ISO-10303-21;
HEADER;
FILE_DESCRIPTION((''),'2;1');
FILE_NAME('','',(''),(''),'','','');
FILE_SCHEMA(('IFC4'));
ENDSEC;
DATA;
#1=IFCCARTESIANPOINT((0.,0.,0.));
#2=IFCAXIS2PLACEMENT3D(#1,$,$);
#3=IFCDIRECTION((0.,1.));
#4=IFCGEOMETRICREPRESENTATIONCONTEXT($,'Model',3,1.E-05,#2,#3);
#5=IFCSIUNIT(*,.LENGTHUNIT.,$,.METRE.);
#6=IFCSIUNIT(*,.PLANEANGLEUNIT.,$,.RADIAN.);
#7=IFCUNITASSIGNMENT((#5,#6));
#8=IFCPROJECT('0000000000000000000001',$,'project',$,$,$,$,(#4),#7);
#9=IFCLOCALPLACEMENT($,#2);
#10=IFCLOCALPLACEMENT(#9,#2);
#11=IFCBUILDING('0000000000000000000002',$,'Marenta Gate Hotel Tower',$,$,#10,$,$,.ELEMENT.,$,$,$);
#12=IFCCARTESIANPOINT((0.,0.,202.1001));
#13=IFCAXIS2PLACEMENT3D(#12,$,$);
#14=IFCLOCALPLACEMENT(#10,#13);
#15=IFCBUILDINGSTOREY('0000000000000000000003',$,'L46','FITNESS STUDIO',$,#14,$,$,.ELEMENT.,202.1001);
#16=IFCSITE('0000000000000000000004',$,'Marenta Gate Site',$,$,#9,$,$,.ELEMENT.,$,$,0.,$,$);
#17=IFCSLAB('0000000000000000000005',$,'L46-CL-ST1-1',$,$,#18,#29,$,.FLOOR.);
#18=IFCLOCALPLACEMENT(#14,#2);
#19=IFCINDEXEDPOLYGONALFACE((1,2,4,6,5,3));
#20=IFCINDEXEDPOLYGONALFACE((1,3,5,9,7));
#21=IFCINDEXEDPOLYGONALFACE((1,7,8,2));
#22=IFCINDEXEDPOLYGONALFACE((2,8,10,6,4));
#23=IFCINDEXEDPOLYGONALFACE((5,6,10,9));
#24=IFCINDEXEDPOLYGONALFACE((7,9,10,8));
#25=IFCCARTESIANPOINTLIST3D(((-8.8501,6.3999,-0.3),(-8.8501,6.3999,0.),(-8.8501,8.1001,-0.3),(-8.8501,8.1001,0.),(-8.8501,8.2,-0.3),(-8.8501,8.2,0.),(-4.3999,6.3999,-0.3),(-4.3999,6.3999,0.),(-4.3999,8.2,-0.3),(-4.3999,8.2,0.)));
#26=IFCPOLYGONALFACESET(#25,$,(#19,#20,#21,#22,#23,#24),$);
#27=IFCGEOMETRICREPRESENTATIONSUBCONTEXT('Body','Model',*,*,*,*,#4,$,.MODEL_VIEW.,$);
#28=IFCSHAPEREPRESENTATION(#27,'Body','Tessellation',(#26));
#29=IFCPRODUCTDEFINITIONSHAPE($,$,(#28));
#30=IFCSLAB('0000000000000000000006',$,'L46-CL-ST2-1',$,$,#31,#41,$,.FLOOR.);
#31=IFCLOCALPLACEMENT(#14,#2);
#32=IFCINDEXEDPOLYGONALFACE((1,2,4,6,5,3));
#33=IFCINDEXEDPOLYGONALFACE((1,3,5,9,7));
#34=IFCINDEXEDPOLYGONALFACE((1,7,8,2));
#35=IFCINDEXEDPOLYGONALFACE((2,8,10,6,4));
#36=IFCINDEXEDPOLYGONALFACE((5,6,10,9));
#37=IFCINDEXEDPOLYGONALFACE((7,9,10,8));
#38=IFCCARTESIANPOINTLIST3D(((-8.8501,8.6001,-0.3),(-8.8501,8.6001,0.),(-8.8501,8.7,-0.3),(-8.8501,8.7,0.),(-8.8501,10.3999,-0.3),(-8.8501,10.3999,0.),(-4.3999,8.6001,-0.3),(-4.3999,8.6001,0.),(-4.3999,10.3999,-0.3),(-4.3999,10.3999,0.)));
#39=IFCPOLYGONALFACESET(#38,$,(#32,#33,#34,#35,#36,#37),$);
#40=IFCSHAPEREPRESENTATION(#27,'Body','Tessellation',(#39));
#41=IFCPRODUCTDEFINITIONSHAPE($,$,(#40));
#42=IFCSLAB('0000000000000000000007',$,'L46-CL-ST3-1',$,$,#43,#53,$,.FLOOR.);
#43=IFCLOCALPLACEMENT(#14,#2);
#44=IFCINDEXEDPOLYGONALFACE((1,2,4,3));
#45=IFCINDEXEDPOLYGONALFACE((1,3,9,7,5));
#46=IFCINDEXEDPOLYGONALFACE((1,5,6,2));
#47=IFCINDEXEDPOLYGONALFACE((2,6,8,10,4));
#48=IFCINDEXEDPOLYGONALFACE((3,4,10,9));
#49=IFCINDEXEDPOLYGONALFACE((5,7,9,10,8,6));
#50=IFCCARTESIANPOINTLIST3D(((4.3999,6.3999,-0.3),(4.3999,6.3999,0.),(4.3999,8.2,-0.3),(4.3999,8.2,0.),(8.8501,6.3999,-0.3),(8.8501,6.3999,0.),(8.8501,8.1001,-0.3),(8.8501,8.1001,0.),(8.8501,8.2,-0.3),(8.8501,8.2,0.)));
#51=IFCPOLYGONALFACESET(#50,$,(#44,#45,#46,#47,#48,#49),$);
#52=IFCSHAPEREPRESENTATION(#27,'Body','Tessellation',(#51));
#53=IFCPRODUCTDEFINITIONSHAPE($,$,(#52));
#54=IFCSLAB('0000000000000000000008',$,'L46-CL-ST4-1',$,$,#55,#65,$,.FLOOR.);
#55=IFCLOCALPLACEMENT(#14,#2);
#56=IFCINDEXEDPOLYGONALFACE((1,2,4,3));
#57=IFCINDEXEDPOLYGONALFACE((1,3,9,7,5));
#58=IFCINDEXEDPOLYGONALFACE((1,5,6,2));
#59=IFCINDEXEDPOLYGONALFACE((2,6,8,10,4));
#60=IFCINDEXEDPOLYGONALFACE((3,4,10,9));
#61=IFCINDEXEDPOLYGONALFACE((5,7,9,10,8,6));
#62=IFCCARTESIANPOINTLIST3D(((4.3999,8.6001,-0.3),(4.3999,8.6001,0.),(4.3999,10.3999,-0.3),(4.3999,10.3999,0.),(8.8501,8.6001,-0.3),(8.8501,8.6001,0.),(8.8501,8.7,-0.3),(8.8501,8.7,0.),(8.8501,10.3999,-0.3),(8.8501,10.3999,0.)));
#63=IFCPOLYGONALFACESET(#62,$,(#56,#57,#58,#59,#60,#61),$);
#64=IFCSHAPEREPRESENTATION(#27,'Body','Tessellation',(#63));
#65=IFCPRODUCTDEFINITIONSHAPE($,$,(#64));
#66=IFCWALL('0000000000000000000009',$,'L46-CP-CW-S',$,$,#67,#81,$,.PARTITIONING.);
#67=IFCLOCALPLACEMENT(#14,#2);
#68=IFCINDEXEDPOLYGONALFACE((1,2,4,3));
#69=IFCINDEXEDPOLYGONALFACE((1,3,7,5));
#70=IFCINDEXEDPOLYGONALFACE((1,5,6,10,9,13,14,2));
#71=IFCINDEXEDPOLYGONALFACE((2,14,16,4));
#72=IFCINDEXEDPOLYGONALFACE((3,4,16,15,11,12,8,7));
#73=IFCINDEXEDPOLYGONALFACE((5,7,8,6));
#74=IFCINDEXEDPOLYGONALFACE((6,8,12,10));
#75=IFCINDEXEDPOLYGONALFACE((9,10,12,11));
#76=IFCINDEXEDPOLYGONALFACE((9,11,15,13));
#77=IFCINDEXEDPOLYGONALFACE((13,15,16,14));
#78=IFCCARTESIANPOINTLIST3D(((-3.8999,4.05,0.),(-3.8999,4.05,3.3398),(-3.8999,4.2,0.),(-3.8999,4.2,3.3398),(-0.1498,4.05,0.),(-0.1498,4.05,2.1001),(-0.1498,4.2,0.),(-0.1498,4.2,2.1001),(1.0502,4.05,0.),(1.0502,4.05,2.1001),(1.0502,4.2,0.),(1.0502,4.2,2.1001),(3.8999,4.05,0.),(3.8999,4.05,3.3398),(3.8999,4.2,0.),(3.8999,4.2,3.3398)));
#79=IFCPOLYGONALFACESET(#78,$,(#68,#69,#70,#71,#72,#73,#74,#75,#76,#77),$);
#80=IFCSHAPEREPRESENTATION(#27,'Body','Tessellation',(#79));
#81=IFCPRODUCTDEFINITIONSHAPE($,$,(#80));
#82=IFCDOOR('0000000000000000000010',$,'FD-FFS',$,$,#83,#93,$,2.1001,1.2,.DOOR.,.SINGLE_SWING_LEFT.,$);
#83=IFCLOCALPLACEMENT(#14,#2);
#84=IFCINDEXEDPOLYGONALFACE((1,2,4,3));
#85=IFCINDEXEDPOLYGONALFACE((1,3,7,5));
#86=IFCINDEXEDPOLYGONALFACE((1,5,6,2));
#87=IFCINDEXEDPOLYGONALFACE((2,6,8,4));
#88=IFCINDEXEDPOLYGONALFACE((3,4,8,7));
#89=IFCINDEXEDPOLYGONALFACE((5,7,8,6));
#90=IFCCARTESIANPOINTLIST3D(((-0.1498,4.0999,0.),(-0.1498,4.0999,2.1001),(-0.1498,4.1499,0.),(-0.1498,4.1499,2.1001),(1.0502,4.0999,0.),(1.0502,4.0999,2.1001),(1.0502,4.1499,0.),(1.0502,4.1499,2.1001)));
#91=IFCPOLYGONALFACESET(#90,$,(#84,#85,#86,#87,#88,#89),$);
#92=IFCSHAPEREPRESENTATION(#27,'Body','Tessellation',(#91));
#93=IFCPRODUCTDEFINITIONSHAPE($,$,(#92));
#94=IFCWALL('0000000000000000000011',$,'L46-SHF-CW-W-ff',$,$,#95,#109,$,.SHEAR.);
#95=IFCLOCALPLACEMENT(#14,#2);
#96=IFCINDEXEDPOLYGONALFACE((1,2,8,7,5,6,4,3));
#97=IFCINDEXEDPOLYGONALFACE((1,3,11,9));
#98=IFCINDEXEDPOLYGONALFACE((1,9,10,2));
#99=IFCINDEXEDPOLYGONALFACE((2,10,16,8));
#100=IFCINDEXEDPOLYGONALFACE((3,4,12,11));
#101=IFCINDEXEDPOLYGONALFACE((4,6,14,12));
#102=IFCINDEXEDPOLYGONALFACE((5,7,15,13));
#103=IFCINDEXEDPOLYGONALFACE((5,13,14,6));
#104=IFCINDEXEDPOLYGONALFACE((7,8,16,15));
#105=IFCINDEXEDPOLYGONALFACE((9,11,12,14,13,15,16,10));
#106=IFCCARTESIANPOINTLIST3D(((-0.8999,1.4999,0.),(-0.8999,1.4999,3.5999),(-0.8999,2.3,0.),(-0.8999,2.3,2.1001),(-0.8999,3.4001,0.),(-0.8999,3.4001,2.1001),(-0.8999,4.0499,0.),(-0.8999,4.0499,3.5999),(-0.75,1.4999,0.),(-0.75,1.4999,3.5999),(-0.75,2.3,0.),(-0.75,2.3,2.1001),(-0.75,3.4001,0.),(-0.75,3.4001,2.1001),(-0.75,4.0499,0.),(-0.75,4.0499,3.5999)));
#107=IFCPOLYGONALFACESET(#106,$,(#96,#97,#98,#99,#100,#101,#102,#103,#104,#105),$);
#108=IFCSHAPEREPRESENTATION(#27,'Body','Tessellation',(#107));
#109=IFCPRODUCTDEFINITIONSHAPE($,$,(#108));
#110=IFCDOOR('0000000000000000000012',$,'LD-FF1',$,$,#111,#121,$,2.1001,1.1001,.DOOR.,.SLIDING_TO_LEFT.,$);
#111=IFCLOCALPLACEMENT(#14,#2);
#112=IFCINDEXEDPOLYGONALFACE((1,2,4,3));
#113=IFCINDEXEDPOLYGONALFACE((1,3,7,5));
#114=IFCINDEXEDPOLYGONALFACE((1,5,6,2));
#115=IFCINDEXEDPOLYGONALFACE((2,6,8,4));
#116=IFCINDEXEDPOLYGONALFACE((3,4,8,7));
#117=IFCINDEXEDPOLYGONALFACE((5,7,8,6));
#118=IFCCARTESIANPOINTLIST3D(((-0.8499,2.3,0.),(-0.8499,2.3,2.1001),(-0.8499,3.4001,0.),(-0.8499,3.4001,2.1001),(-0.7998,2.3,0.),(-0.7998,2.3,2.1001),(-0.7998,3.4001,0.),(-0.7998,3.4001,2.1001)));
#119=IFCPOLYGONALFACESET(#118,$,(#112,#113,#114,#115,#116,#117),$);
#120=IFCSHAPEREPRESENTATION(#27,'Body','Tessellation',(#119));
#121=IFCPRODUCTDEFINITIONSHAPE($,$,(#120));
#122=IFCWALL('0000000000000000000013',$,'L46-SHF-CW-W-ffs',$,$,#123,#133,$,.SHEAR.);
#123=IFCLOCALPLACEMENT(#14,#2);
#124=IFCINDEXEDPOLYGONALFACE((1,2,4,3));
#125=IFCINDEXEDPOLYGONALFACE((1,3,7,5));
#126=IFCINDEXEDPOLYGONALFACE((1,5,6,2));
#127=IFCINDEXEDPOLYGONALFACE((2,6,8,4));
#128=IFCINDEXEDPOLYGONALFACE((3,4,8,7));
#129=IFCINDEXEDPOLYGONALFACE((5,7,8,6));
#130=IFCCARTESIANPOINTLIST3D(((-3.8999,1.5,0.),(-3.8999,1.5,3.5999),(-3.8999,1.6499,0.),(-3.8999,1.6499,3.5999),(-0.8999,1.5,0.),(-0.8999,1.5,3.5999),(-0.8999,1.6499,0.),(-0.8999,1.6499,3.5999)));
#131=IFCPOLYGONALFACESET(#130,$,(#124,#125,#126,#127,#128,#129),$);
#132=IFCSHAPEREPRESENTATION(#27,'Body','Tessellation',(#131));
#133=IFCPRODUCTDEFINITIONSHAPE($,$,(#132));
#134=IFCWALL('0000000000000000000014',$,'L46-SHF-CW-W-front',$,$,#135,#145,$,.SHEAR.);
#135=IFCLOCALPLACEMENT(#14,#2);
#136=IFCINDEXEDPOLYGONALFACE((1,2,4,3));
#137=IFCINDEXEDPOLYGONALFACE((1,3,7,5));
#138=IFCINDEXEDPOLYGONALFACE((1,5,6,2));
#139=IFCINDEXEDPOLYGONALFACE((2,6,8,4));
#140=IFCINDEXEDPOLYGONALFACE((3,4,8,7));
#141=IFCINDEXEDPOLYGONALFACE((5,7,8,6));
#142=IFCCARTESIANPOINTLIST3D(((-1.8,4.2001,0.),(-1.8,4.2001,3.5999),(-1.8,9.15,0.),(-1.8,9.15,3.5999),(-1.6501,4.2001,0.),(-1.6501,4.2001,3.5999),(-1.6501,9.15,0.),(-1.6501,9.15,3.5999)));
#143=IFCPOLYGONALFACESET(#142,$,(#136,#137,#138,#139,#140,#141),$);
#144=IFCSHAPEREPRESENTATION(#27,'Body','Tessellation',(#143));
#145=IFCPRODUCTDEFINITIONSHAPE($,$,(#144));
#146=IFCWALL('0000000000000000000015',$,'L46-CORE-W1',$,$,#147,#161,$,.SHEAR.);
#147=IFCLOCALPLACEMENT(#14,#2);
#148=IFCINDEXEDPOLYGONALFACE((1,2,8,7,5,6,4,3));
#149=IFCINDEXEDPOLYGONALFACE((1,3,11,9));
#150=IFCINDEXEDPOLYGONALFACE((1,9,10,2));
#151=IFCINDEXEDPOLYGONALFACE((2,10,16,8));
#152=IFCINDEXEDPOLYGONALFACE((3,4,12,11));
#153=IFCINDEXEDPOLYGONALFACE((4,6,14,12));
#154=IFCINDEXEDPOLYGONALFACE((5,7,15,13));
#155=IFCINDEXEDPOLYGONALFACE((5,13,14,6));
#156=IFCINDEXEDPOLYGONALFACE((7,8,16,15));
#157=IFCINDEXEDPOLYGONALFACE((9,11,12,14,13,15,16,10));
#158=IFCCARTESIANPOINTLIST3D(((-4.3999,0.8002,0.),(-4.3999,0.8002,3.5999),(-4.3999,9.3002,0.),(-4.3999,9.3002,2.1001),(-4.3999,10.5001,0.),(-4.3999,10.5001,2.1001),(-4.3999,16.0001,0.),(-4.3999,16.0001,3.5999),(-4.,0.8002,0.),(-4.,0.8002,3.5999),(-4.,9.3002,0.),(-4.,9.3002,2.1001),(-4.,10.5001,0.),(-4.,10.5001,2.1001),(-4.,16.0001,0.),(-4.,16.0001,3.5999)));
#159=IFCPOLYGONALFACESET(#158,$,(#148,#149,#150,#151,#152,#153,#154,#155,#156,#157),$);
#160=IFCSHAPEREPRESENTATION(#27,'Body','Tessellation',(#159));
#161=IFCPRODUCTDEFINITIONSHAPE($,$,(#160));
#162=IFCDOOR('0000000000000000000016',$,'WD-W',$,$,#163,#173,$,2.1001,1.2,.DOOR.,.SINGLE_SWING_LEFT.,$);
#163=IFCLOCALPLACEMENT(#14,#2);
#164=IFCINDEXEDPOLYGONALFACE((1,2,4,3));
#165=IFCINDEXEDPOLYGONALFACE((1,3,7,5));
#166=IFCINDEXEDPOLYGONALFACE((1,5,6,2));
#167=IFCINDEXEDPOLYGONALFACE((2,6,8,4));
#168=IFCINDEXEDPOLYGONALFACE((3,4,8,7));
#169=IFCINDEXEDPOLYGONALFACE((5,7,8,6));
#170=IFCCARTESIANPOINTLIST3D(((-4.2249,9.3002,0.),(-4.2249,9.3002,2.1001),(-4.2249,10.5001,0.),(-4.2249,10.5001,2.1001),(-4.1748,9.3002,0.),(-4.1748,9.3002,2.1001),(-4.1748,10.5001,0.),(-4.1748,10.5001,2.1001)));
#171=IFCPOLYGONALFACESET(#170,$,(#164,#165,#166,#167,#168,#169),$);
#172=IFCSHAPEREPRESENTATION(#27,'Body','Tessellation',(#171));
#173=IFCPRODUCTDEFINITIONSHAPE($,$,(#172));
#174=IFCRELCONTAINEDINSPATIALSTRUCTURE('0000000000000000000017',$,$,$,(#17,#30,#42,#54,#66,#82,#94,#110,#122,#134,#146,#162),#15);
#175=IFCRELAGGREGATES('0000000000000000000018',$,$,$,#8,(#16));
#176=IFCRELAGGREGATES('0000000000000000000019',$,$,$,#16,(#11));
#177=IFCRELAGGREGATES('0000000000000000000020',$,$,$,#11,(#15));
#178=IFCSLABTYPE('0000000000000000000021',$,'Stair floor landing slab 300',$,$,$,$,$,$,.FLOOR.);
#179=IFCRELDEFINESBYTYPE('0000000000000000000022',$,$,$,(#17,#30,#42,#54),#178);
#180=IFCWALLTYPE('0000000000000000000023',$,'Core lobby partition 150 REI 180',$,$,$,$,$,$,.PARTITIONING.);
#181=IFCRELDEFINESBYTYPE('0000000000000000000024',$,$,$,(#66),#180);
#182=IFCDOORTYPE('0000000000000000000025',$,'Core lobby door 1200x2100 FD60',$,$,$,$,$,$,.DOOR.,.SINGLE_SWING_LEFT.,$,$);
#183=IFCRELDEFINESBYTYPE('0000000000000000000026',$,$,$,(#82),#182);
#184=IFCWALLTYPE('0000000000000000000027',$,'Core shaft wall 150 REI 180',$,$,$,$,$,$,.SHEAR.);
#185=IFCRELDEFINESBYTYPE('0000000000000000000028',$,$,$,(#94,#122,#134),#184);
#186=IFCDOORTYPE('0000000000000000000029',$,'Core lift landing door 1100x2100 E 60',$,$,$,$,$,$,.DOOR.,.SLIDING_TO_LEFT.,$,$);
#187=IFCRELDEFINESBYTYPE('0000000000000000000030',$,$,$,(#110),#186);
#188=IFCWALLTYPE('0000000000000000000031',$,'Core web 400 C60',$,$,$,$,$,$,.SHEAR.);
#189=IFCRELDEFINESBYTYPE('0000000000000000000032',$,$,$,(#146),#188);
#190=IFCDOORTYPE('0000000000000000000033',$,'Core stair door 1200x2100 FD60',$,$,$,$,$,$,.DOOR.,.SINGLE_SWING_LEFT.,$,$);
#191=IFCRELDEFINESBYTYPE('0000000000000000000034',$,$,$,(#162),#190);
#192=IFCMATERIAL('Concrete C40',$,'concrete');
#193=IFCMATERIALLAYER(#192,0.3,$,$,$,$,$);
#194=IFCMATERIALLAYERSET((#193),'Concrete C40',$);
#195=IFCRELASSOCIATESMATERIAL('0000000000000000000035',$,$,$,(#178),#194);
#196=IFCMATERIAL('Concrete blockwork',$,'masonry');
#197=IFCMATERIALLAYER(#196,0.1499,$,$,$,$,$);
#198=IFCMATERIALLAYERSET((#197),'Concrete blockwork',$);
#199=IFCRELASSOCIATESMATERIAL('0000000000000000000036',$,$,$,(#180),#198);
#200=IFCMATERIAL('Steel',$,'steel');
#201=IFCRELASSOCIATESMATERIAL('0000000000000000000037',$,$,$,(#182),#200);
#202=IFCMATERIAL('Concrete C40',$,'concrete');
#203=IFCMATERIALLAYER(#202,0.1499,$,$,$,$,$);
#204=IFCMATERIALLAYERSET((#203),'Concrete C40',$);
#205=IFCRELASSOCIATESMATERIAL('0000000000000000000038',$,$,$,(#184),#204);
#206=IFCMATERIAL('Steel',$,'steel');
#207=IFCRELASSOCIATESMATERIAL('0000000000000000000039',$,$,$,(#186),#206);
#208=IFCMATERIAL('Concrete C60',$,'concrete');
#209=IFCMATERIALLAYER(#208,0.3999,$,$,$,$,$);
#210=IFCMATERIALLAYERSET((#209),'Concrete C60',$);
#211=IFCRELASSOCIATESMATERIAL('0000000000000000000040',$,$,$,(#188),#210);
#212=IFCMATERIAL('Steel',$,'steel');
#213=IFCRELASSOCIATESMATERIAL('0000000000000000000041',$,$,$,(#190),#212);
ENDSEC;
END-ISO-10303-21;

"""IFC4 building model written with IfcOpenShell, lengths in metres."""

from ifc_helpers import new_model, si_unit, direction, frame, frame_2d, origin, place, context, subcontext, project, spatial, polyline, rectangle, outline, extrude, material, layer, layer_set, type_object, element, fill, save


model = new_model("IFC4")

# Units and contexts
model_context = context("Model", 3, precision=1e-05, world=origin(), true_north=direction((0.0, 1.0)))
body_context = subcontext(model_context, "Body", "Model", "MODEL_VIEW")
ifc_project = project(units=[si_unit("LENGTHUNIT", "METRE"), si_unit("PLANEANGLEUNIT", "RADIAN")], contexts=[model_context])

# Site, building, storey
site_placement = place(None, origin())
site = spatial("IfcSite", under=ifc_project, at=site_placement, Name="Marenta Gate Site", CompositionType="ELEMENT", RefElevation=0.0)
building_placement = place(site_placement, origin())
building = spatial("IfcBuilding", under=site, at=building_placement, Name="Marenta Gate Hotel Tower", CompositionType="ELEMENT")
storey_placement = place(building_placement, frame((0.0, 0.0, 202.1001)))
storey = spatial("IfcBuildingStorey", under=building, at=storey_placement, Name="L46", Description="FITNESS STUDIO", CompositionType="ELEMENT", Elevation=202.1001)

# Slabs
ifc_material_1 = material(Name="Concrete C40", Category="concrete")
ifc_layer_1 = layer(ifc_material_1, 0.3)
ifc_layer_set_1 = layer_set([ifc_layer_1], Name="Concrete C40")
slab_type_1 = type_object("IfcSlabType", Name="Stair floor landing slab 300", PredefinedType="FLOOR", material=ifc_layer_set_1)
slab_1_placement = place(storey_placement, frame((0.0, 0.0, -0.3)))
element("IfcSlab", 1, at=slab_1_placement, inside=storey, type_object=slab_type_1, Name="L46-CL-ST1-1", PredefinedType="FLOOR", context=body_context, shape_type="SweptSolid", body=[
    extrude(outline(polyline([(-4.3999, 6.3999), (-8.8501, 6.3999), (-8.8501, 8.1001), (-8.8501, 8.2), (-4.3999, 8.2), (-4.3999, 6.3999)])), origin(), (0.0, 0.0, 1.0), 0.3),
])
slab_2_placement = place(storey_placement, frame((0.0, 0.0, -0.3)))
element("IfcSlab", 2, at=slab_2_placement, inside=storey, type_object=slab_type_1, Name="L46-CL-ST2-1", PredefinedType="FLOOR", context=body_context, shape_type="SweptSolid", body=[
    extrude(outline(polyline([(-4.3999, 8.6001), (-8.8501, 8.6001), (-8.8501, 8.7), (-8.8501, 10.3999), (-4.3999, 10.3999), (-4.3999, 8.6001)])), origin(), (0.0, 0.0, 1.0), 0.3),
])
slab_3_placement = place(storey_placement, frame((0.0, 0.0, -0.3)))
element("IfcSlab", 3, at=slab_3_placement, inside=storey, type_object=slab_type_1, Name="L46-CL-ST3-1", PredefinedType="FLOOR", context=body_context, shape_type="SweptSolid", body=[
    extrude(outline(polyline([(4.3999, 6.3999), (4.3999, 8.2), (8.8501, 8.2), (8.8501, 8.1001), (8.8501, 6.3999), (4.3999, 6.3999)])), origin(), (0.0, 0.0, 1.0), 0.3),
])
slab_4_placement = place(storey_placement, frame((0.0, 0.0, -0.3)))
element("IfcSlab", 4, at=slab_4_placement, inside=storey, type_object=slab_type_1, Name="L46-CL-ST4-1", PredefinedType="FLOOR", context=body_context, shape_type="SweptSolid", body=[
    extrude(outline(polyline([(4.3999, 8.6001), (4.3999, 10.3999), (8.8501, 10.3999), (8.8501, 8.7), (8.8501, 8.6001), (4.3999, 8.6001)])), origin(), (0.0, 0.0, 1.0), 0.3),
])

# Walls, openings, doors
ifc_material_2 = material(Name="Concrete blockwork", Category="masonry")
ifc_layer_2 = layer(ifc_material_2, 0.1499)
ifc_layer_set_2 = layer_set([ifc_layer_2], Name="Concrete blockwork")
wall_type_1 = type_object("IfcWallType", Name="Core lobby partition 150 REI 180", PredefinedType="PARTITIONING", material=ifc_layer_set_2)
wall_1_placement = place(storey_placement, frame((-3.8999, 4.125, 0.0), z_axis=(0.0, 0.0, 1.0), x_axis=(1.0, 0.0, 0.0)))
wall_1 = element("IfcWall", 5, at=wall_1_placement, inside=storey, type_object=wall_type_1, Name="L46-CP-CW-S", PredefinedType="PARTITIONING", context=body_context, shape_type="SweptSolid", body=[
    extrude(rectangle(XDim=7.7998, YDim=0.1499, at=frame_2d((3.8999, 0.0))), origin(), (0.0, 0.0, 1.0), 3.3398),
])
opening_1_placement = place(wall_1_placement, frame((3.75, 0.0, 0.0)))
opening_1 = element("IfcOpeningElement", 6, at=opening_1_placement, cuts=wall_1, PredefinedType="OPENING", context=body_context, shape_type="SweptSolid", body=[
    extrude(rectangle(XDim=1.2, YDim=2.1001, at=frame_2d((0.6001, 1.05))), frame((0.0, 0.075, 0.0), z_axis=(0.0, -1.0, 0.0), x_axis=(1.0, 0.0, 0.0)), (0.0, 0.0, 1.0), 0.1499),
])
ifc_material_3 = material(Name="Steel", Category="steel")
door_type_1 = type_object("IfcDoorType", Name="Core lobby door 1200x2100 FD60", OperationType="SINGLE_SWING_LEFT", PredefinedType="DOOR", material=ifc_material_3)
door_1_placement = place(opening_1_placement, origin())
door_1 = element("IfcDoor", 7, at=door_1_placement, inside=storey, type_object=door_type_1, Name="FD-FFS", OperationType="SINGLE_SWING_LEFT", OverallHeight=2.1001, OverallWidth=1.2, PredefinedType="DOOR", context=body_context, shape_type="SweptSolid", body=[
    extrude(rectangle(XDim=1.2, YDim=2.1001, at=frame_2d((0.6001, 1.05))), frame((0.0, 0.0249, 0.0), z_axis=(0.0, -1.0, 0.0), x_axis=(1.0, 0.0, 0.0)), (0.0, 0.0, 1.0), 0.05),
])
fill(opening_1, door_1)
ifc_material_4 = material(Name="Concrete C40", Category="concrete")
ifc_layer_3 = layer(ifc_material_4, 0.1499)
ifc_layer_set_3 = layer_set([ifc_layer_3], Name="Concrete C40")
wall_type_2 = type_object("IfcWallType", Name="Core shaft wall 150 REI 180", PredefinedType="SHEAR", material=ifc_layer_set_3)
wall_2_placement = place(storey_placement, frame((-0.825, 1.5, 0.0), z_axis=(0.0, 0.0, 1.0), x_axis=(0.0, 1.0, 0.0)))
wall_2 = element("IfcWall", 8, at=wall_2_placement, inside=storey, type_object=wall_type_2, Name="L46-SHF-CW-W-ff", PredefinedType="SHEAR", context=body_context, shape_type="SweptSolid", body=[
    extrude(rectangle(XDim=2.55, YDim=0.1499, at=frame_2d((1.2749, 0.0))), origin(), (0.0, 0.0, 1.0), 3.5999),
])
opening_2_placement = place(wall_2_placement, frame((0.8, 0.0, 0.0)))
opening_2 = element("IfcOpeningElement", 9, at=opening_2_placement, cuts=wall_2, PredefinedType="OPENING", context=body_context, shape_type="SweptSolid", body=[
    extrude(rectangle(XDim=1.1001, YDim=2.1001, at=frame_2d((0.55, 1.05))), frame((0.0, 0.075, 0.0), z_axis=(0.0, -1.0, 0.0), x_axis=(1.0, 0.0, 0.0)), (0.0, 0.0, 1.0), 0.1499),
])
ifc_material_5 = material(Name="Steel", Category="steel")
door_type_2 = type_object("IfcDoorType", Name="Core lift landing door 1100x2100 E 60", OperationType="SLIDING_TO_LEFT", PredefinedType="DOOR", material=ifc_material_5)
door_2_placement = place(opening_2_placement, origin())
door_2 = element("IfcDoor", 10, at=door_2_placement, inside=storey, type_object=door_type_2, Name="LD-FF1", OperationType="SLIDING_TO_LEFT", OverallHeight=2.1001, OverallWidth=1.1001, PredefinedType="DOOR", context=body_context, shape_type="SweptSolid", body=[
    extrude(rectangle(XDim=1.1001, YDim=2.1001, at=frame_2d((0.55, 1.05))), frame((0.0, 0.0249, 0.0), z_axis=(0.0, -1.0, 0.0), x_axis=(1.0, 0.0, 0.0)), (0.0, 0.0, 1.0), 0.05),
])
fill(opening_2, door_2)

# Walls
wall_3_placement = place(storey_placement, frame((-3.8999, 1.575, 0.0), z_axis=(0.0, 0.0, 1.0), x_axis=(1.0, 0.0, 0.0)))
element("IfcWall", 11, at=wall_3_placement, inside=storey, type_object=wall_type_2, Name="L46-SHF-CW-W-ffs", PredefinedType="SHEAR", context=body_context, shape_type="SweptSolid", body=[
    extrude(rectangle(XDim=3.0, YDim=0.1499, at=frame_2d((1.5, 0.0))), origin(), (0.0, 0.0, 1.0), 3.5999),
])
wall_4_placement = place(storey_placement, frame((-1.7251, 4.2, 0.0), z_axis=(0.0, 0.0, 1.0), x_axis=(0.0, 1.0, 0.0)))
element("IfcWall", 12, at=wall_4_placement, inside=storey, type_object=wall_type_2, Name="L46-SHF-CW-W-front", PredefinedType="SHEAR", context=body_context, shape_type="SweptSolid", body=[
    extrude(rectangle(XDim=4.95, YDim=0.1499, at=frame_2d((2.4751, 0.0))), origin(), (0.0, 0.0, 1.0), 3.5999),
])

# Wall, opening, door
ifc_material_6 = material(Name="Concrete C60", Category="concrete")
ifc_layer_4 = layer(ifc_material_6, 0.3999)
ifc_layer_set_4 = layer_set([ifc_layer_4], Name="Concrete C60")
wall_type_3 = type_object("IfcWallType", Name="Core web 400 C60", PredefinedType="SHEAR", material=ifc_layer_set_4)
wall_5_placement = place(storey_placement, frame((-4.2, 0.8, 0.0), z_axis=(0.0, 0.0, 1.0), x_axis=(0.0, 1.0, 0.0)))
wall_5 = element("IfcWall", 13, at=wall_5_placement, inside=storey, type_object=wall_type_3, Name="L46-CORE-W1", PredefinedType="SHEAR", context=body_context, shape_type="SweptSolid", body=[
    extrude(rectangle(XDim=15.2, YDim=0.3999, at=frame_2d((7.6001, 0.0))), origin(), (0.0, 0.0, 1.0), 3.5999),
])
opening_3_placement = place(wall_5_placement, frame((8.5, 0.0, 0.0)))
opening_3 = element("IfcOpeningElement", 14, at=opening_3_placement, cuts=wall_5, PredefinedType="OPENING", context=body_context, shape_type="SweptSolid", body=[
    extrude(rectangle(XDim=1.2, YDim=2.1001, at=frame_2d((0.6001, 1.05))), frame((0.0, 0.2, 0.0), z_axis=(0.0, -1.0, 0.0), x_axis=(1.0, 0.0, 0.0)), (0.0, 0.0, 1.0), 0.3999),
])
ifc_material_7 = material(Name="Steel", Category="steel")
door_type_3 = type_object("IfcDoorType", Name="Core stair door 1200x2100 FD60", OperationType="SINGLE_SWING_LEFT", PredefinedType="DOOR", material=ifc_material_7)
door_3_placement = place(opening_3_placement, origin())
door_3 = element("IfcDoor", 15, at=door_3_placement, inside=storey, type_object=door_type_3, Name="WD-W", OperationType="SINGLE_SWING_LEFT", OverallHeight=2.1001, OverallWidth=1.2, PredefinedType="DOOR", context=body_context, shape_type="SweptSolid", body=[
    extrude(rectangle(XDim=1.2, YDim=2.1001, at=frame_2d((0.6001, 1.05))), frame((0.0, 0.0249, 0.0), z_axis=(0.0, -1.0, 0.0), x_axis=(1.0, 0.0, 0.0)), (0.0, 0.0, 1.0), 0.05),
])
fill(opening_3, door_3)

save(model, "model.ifc")
